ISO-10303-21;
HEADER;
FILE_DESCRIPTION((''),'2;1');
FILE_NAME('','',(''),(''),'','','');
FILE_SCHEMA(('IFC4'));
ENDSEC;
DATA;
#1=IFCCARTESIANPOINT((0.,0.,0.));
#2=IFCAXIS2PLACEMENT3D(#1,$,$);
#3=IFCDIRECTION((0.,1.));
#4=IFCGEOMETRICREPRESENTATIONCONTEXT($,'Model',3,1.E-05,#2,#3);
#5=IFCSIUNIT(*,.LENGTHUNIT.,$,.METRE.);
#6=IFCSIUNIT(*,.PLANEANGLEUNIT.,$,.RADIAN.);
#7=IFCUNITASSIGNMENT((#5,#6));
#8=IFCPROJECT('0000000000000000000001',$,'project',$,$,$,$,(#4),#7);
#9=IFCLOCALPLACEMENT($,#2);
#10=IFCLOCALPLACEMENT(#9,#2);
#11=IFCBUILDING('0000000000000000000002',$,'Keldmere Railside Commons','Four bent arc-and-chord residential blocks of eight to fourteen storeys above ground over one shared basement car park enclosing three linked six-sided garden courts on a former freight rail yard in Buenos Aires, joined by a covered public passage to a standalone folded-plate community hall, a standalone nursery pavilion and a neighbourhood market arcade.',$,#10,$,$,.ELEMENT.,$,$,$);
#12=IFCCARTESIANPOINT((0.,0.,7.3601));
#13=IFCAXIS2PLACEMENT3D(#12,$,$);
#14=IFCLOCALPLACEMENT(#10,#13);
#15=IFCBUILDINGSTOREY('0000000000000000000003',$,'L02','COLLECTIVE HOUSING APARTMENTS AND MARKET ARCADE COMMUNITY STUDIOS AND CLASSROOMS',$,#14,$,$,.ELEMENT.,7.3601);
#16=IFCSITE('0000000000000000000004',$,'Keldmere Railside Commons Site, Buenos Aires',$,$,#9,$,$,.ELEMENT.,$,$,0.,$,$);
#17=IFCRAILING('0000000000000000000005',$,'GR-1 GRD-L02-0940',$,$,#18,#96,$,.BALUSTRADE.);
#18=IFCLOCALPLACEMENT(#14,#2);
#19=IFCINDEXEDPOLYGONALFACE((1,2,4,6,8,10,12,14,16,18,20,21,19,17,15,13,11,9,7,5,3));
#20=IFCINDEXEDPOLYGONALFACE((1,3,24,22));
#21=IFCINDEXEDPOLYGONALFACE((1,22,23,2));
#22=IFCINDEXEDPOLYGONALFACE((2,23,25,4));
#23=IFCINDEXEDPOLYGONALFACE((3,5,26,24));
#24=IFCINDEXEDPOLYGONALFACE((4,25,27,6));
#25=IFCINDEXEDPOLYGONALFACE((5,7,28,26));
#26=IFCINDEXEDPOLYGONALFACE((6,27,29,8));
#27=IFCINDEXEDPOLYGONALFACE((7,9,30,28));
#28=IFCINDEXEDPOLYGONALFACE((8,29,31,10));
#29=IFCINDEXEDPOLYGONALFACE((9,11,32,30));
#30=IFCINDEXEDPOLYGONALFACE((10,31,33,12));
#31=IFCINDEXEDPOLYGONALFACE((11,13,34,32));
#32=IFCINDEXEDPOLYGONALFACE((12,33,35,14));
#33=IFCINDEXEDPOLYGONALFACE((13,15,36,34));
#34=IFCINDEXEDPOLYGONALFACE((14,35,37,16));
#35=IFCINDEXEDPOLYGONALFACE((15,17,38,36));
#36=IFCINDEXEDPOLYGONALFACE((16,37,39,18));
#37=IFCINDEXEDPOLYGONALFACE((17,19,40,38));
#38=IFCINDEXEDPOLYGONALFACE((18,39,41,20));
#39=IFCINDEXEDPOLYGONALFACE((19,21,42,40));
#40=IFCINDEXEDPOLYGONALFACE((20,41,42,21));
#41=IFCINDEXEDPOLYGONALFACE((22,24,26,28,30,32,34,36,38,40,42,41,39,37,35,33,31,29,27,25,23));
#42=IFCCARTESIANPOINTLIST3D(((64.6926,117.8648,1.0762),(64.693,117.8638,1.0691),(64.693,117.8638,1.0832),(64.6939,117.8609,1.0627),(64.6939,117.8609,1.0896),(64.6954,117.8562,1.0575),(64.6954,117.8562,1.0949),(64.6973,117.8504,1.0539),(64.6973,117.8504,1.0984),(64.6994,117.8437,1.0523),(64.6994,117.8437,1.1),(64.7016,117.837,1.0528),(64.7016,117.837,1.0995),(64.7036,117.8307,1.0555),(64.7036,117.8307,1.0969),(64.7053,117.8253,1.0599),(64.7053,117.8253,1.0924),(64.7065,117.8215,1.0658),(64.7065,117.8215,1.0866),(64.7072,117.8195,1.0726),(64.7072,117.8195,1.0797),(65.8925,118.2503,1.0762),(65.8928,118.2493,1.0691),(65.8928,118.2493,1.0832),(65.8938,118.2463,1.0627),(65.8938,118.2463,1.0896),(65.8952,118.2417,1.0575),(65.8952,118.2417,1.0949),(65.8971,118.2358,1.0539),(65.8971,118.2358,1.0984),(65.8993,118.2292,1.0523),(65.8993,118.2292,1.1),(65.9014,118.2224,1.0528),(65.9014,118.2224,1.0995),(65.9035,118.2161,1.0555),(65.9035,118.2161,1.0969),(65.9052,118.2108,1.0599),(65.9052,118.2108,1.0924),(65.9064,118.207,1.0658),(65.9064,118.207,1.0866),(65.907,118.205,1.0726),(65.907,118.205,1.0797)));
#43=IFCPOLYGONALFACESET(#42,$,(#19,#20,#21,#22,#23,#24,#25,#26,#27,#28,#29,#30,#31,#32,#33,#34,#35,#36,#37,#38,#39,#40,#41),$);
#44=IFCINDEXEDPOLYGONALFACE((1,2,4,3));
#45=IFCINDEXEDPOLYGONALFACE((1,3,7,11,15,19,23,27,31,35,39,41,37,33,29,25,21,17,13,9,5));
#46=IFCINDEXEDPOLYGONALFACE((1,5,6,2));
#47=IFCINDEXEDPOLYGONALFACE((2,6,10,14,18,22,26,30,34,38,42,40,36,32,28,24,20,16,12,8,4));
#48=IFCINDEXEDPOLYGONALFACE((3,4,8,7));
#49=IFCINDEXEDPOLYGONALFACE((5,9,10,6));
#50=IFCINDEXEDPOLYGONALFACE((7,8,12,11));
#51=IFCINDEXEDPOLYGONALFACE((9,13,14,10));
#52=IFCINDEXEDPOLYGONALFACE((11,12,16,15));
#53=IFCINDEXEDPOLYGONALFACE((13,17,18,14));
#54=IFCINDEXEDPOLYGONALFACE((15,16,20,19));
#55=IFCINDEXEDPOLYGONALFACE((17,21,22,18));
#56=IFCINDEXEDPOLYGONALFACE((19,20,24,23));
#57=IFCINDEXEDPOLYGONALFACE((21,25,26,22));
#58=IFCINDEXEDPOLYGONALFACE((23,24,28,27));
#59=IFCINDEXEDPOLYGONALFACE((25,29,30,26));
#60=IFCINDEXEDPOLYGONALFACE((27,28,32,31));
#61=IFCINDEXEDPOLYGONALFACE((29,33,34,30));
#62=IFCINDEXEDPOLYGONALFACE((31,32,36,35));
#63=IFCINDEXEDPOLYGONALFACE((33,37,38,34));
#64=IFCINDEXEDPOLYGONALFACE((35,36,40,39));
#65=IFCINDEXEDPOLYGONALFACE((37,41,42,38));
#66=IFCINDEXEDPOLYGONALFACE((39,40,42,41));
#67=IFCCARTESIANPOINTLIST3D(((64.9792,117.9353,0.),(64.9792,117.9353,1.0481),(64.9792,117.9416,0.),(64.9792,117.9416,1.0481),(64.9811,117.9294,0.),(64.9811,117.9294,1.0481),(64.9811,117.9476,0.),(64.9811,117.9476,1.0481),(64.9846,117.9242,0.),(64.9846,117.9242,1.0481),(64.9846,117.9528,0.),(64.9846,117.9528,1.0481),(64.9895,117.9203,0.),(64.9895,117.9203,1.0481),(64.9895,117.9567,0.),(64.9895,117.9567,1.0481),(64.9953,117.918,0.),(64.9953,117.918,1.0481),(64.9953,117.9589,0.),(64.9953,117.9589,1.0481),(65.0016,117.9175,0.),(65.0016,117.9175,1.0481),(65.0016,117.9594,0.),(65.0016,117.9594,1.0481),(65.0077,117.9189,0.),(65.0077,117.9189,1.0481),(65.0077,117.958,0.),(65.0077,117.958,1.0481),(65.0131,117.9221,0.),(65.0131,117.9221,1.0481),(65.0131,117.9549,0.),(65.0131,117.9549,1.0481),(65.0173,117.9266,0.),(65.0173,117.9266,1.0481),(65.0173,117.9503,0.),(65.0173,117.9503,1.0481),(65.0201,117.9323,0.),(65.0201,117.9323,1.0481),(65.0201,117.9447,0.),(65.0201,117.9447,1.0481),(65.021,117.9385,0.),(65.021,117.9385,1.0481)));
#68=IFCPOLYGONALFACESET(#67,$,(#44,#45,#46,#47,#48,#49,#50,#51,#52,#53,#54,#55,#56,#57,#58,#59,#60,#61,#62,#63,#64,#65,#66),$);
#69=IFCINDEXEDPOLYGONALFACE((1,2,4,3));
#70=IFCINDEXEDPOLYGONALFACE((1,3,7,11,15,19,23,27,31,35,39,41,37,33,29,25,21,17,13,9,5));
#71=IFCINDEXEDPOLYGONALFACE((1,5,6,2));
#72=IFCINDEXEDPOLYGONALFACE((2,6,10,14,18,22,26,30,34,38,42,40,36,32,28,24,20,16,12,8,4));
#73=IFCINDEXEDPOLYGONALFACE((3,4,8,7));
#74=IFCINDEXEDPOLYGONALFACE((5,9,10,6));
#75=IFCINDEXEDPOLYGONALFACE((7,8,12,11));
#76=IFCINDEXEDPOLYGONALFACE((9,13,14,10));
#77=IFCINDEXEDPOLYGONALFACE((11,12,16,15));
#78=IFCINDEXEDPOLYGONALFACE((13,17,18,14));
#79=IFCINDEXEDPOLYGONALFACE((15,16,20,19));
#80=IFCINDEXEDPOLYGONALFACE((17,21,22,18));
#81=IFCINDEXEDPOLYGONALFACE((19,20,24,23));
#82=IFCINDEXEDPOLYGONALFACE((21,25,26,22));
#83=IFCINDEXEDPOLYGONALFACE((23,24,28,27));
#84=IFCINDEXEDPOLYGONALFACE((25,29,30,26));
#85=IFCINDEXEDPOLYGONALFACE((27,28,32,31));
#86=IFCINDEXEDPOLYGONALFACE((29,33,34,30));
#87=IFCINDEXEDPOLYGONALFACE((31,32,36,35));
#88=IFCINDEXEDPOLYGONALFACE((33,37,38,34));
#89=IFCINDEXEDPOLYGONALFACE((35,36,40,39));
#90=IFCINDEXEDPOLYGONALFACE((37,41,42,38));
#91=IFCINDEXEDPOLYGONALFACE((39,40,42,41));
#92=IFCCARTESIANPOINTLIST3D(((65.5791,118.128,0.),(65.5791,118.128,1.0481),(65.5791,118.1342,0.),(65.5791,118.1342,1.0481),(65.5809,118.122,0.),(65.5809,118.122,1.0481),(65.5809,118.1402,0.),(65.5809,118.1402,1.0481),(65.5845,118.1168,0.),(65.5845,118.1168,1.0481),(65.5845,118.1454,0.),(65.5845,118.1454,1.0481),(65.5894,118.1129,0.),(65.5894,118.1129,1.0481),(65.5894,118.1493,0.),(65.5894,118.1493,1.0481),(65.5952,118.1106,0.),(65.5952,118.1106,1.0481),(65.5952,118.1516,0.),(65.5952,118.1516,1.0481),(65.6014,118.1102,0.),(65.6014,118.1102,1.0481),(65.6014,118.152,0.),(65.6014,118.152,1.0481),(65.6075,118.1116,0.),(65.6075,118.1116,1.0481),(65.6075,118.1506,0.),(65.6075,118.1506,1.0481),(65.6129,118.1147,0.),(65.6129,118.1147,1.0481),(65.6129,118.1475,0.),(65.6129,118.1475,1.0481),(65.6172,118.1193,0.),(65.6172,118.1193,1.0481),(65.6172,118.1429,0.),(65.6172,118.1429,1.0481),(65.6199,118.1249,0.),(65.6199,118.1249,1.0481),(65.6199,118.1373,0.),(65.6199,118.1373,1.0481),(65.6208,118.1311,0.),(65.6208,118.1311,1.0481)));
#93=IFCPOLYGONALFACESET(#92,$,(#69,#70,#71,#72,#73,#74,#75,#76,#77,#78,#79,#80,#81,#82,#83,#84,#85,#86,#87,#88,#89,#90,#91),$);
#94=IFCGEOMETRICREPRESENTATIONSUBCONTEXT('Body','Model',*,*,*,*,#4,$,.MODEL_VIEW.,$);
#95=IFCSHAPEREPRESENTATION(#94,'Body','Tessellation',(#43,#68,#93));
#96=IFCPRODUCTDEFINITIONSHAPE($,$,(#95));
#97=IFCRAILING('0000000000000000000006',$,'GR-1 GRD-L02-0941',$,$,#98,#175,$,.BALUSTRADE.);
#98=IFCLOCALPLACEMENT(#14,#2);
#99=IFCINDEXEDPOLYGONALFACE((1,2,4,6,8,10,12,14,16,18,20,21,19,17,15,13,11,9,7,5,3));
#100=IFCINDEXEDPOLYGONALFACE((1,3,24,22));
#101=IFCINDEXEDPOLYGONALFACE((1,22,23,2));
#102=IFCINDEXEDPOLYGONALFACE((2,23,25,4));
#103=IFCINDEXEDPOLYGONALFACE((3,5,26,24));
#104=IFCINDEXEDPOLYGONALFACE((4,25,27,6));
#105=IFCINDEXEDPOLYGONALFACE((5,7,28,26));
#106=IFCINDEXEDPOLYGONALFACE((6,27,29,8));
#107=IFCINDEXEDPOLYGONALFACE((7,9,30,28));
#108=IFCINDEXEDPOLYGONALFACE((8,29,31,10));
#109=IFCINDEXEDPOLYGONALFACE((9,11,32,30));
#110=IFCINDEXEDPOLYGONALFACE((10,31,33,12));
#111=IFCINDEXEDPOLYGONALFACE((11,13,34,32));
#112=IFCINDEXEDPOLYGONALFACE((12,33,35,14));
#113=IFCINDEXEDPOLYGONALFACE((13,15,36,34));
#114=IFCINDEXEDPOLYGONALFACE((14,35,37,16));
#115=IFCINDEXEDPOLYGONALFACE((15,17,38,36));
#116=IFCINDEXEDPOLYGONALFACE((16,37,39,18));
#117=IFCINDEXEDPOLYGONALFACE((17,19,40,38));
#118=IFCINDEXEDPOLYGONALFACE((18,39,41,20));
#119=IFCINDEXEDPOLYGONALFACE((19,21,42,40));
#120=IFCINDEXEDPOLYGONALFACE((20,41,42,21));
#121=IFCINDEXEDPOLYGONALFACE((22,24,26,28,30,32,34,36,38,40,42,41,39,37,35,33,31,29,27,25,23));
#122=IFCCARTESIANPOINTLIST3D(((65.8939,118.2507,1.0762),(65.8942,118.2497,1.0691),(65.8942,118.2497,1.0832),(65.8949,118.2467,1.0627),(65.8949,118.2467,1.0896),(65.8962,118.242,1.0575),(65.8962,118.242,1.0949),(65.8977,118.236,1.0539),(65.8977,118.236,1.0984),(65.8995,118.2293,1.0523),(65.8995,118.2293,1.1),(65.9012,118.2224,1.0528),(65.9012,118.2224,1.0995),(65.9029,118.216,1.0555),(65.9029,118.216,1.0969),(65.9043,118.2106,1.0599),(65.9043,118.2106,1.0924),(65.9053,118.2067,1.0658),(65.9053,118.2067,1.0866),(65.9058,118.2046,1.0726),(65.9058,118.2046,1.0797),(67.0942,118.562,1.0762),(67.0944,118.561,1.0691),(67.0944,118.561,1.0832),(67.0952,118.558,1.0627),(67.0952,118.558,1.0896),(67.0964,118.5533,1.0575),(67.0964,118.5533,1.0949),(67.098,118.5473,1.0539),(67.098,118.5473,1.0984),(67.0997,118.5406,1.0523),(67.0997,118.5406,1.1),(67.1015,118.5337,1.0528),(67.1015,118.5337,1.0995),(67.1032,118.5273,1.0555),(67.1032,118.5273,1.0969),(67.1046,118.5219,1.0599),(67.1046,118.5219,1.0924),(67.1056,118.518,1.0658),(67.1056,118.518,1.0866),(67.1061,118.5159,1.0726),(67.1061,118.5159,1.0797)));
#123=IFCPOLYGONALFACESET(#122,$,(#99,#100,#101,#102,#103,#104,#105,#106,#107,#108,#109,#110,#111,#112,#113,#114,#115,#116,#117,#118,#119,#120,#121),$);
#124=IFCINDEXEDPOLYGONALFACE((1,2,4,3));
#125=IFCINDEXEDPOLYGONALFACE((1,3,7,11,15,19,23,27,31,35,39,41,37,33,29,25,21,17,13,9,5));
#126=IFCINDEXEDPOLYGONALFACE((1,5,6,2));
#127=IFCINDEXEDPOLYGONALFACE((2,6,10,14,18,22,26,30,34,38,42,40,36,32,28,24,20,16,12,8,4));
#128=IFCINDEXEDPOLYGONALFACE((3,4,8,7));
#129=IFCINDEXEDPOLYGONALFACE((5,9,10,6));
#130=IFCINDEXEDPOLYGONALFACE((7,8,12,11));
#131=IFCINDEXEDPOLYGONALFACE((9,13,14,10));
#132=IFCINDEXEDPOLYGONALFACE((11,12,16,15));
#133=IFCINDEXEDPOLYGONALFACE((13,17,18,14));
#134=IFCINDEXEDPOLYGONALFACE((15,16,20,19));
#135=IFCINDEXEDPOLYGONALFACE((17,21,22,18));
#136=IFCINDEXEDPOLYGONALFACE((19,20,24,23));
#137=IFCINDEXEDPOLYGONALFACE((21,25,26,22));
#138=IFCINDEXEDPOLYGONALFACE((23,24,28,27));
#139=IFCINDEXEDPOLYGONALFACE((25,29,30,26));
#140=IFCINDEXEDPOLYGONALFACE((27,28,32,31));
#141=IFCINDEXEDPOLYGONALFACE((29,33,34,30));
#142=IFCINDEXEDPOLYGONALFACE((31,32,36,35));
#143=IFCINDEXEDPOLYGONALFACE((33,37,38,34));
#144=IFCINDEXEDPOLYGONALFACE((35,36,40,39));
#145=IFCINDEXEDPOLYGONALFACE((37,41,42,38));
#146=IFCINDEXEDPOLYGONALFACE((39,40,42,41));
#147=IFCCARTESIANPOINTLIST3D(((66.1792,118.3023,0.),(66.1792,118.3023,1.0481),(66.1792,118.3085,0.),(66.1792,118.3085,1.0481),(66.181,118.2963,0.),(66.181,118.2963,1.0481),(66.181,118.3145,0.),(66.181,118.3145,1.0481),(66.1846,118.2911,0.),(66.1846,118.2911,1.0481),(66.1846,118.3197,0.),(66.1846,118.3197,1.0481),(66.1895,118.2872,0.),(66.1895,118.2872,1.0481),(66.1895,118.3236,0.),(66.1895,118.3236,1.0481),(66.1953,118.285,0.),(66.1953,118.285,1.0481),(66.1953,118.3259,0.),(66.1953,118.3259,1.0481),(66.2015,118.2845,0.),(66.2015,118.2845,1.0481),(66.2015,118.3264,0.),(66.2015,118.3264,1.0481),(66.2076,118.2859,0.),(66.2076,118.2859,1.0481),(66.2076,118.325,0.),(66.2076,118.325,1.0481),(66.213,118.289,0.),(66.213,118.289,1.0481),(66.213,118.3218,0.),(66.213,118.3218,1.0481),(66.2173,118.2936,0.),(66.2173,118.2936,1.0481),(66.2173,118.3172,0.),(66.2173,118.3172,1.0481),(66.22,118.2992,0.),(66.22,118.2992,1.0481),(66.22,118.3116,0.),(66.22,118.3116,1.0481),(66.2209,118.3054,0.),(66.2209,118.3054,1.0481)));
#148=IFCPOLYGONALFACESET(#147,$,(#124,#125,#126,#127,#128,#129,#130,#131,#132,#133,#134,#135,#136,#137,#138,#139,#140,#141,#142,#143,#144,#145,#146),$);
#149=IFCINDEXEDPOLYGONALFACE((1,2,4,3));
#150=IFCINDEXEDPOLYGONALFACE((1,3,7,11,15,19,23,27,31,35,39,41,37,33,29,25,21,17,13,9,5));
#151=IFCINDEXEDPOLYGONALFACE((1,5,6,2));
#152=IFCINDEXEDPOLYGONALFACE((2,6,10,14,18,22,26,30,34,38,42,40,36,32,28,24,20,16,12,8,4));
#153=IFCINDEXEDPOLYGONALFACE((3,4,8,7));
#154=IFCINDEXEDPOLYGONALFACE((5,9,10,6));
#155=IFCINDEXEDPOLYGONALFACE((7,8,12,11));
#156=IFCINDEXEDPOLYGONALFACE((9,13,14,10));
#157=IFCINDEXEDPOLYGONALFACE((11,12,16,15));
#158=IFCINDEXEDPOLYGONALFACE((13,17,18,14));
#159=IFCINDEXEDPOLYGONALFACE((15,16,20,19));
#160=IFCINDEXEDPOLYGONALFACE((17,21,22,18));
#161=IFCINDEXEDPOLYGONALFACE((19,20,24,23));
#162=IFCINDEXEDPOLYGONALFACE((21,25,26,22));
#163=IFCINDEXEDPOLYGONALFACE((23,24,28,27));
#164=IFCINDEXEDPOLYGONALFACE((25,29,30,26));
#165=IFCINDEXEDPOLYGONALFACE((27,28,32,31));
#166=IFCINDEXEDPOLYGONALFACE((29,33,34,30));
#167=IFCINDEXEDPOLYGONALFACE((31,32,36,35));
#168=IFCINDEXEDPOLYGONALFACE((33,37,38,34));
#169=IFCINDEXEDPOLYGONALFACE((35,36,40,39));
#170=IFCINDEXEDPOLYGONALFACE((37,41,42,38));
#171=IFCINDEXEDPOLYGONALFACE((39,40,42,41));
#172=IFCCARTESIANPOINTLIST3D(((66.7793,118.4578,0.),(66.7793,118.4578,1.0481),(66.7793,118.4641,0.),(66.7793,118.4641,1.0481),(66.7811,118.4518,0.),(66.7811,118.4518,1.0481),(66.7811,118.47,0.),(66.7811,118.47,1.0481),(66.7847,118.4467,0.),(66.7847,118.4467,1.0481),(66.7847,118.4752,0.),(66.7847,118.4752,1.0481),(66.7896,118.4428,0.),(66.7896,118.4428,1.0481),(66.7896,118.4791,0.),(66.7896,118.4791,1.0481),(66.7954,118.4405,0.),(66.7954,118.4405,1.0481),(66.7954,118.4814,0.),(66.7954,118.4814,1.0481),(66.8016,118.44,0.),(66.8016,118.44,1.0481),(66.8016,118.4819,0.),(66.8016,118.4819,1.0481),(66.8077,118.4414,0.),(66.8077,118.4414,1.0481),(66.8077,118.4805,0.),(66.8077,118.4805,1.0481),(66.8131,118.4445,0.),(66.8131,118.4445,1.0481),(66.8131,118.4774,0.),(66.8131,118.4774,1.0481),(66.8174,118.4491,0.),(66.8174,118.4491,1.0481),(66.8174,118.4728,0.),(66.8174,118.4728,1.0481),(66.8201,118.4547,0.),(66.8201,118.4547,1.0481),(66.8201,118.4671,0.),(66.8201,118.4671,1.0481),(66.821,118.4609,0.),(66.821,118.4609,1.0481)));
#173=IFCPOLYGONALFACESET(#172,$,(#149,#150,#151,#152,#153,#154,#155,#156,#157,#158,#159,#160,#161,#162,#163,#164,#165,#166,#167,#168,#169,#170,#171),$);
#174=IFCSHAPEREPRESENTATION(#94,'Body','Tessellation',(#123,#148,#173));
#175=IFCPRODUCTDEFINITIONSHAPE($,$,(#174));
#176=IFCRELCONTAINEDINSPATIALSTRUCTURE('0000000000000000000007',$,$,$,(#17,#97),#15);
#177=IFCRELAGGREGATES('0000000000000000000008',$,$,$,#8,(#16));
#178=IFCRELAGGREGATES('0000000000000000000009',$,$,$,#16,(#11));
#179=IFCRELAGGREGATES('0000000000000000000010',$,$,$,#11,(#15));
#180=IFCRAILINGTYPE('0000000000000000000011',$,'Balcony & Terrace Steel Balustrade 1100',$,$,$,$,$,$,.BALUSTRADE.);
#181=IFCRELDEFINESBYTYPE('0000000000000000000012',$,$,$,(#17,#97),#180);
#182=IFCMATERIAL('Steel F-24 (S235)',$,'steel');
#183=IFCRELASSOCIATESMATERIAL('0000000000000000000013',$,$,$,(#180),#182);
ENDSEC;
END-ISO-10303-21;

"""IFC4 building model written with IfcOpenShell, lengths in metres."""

from ifc_helpers import new_model, si_unit, direction, frame, origin, origin_2d, place, context, subcontext, project, spatial, circle, extrude, material, type_object, element, save


model = new_model("IFC4")

# Units and contexts
model_context = context("Model", 3, precision=1e-05, world=origin(), true_north=direction((0.0, 1.0)))
body_context = subcontext(model_context, "Body", "Model", "MODEL_VIEW")
ifc_project = project(units=[si_unit("LENGTHUNIT", "METRE"), si_unit("PLANEANGLEUNIT", "RADIAN")], contexts=[model_context])

# Site, building, storey
site_placement = place(None, origin())
site = spatial("IfcSite", under=ifc_project, at=site_placement, Name="Keldmere Railside Commons Site, Buenos Aires", CompositionType="ELEMENT", RefElevation=0.0)
building_placement = place(site_placement, origin())
building = spatial("IfcBuilding", under=site, at=building_placement, Name="Keldmere Railside Commons", Description="Four bent arc-and-chord residential blocks of eight to fourteen storeys above ground over one shared basement car park enclosing three linked six-sided garden courts on a former freight rail yard in Buenos Aires, joined by a covered public passage to a standalone folded-plate community hall, a standalone nursery pavilion and a neighbourhood market arcade.", CompositionType="ELEMENT")
storey_placement = place(building_placement, frame((0.0, 0.0, 7.3601)))
storey = spatial("IfcBuildingStorey", under=building, at=storey_placement, Name="L02", Description="COLLECTIVE HOUSING APARTMENTS AND MARKET ARCADE COMMUNITY STUDIOS AND CLASSROOMS", CompositionType="ELEMENT", Elevation=7.3601)

# Railings
ifc_material_1 = material(Name="Steel F-24 (S235)", Category="steel")
railing_type = type_object("IfcRailingType", Name="Balcony & Terrace Steel Balustrade 1100", PredefinedType="BALUSTRADE", material=ifc_material_1)
railing_1_placement = place(storey_placement, frame((64.7, 117.842, 0.0)))
element("IfcRailing", 1, at=railing_1_placement, inside=storey, type_object=railing_type, Name="GR-1 GRD-L02-0940", PredefinedType="BALUSTRADE", context=body_context, shape_type="SweptSolid", body=[
    extrude(circle(Radius=0.0239, at=origin_2d()), frame((0.0, 0.0, 1.0762), z_axis=(0.952075, 0.305865, 0.0), x_axis=(-0.305865, 0.952075, 0.0)), (0.0, 0.0, 1.0), 1.2603),
    extrude(circle(Radius=0.021, at=origin_2d()), frame((0.3, 0.0964, 0.0)), (0.0, 0.0, 1.0), 1.0481),
    extrude(circle(Radius=0.021, at=origin_2d()), frame((0.8999, 0.2891, 0.0)), (0.0, 0.0, 1.0), 1.0481),
])
railing_2_placement = place(storey_placement, frame((65.8999, 118.2275, 0.0)))
element("IfcRailing", 2, at=railing_2_placement, inside=storey, type_object=railing_type, Name="GR-1 GRD-L02-0941", PredefinedType="BALUSTRADE", context=body_context, shape_type="SweptSolid", body=[
    extrude(circle(Radius=0.0239, at=origin_2d()), frame((0.0, 0.0, 1.0762), z_axis=(0.967974, 0.251051, 0.0), x_axis=(-0.251051, 0.967974, 0.0)), (0.0, 0.0, 1.0), 1.24),
    extrude(circle(Radius=0.021, at=origin_2d()), frame((0.3, 0.0779, 0.0)), (0.0, 0.0, 1.0), 1.0481),
    extrude(circle(Radius=0.021, at=origin_2d()), frame((0.9001, 0.2334, 0.0)), (0.0, 0.0, 1.0), 1.0481),
])

save(model, "model.ifc")
